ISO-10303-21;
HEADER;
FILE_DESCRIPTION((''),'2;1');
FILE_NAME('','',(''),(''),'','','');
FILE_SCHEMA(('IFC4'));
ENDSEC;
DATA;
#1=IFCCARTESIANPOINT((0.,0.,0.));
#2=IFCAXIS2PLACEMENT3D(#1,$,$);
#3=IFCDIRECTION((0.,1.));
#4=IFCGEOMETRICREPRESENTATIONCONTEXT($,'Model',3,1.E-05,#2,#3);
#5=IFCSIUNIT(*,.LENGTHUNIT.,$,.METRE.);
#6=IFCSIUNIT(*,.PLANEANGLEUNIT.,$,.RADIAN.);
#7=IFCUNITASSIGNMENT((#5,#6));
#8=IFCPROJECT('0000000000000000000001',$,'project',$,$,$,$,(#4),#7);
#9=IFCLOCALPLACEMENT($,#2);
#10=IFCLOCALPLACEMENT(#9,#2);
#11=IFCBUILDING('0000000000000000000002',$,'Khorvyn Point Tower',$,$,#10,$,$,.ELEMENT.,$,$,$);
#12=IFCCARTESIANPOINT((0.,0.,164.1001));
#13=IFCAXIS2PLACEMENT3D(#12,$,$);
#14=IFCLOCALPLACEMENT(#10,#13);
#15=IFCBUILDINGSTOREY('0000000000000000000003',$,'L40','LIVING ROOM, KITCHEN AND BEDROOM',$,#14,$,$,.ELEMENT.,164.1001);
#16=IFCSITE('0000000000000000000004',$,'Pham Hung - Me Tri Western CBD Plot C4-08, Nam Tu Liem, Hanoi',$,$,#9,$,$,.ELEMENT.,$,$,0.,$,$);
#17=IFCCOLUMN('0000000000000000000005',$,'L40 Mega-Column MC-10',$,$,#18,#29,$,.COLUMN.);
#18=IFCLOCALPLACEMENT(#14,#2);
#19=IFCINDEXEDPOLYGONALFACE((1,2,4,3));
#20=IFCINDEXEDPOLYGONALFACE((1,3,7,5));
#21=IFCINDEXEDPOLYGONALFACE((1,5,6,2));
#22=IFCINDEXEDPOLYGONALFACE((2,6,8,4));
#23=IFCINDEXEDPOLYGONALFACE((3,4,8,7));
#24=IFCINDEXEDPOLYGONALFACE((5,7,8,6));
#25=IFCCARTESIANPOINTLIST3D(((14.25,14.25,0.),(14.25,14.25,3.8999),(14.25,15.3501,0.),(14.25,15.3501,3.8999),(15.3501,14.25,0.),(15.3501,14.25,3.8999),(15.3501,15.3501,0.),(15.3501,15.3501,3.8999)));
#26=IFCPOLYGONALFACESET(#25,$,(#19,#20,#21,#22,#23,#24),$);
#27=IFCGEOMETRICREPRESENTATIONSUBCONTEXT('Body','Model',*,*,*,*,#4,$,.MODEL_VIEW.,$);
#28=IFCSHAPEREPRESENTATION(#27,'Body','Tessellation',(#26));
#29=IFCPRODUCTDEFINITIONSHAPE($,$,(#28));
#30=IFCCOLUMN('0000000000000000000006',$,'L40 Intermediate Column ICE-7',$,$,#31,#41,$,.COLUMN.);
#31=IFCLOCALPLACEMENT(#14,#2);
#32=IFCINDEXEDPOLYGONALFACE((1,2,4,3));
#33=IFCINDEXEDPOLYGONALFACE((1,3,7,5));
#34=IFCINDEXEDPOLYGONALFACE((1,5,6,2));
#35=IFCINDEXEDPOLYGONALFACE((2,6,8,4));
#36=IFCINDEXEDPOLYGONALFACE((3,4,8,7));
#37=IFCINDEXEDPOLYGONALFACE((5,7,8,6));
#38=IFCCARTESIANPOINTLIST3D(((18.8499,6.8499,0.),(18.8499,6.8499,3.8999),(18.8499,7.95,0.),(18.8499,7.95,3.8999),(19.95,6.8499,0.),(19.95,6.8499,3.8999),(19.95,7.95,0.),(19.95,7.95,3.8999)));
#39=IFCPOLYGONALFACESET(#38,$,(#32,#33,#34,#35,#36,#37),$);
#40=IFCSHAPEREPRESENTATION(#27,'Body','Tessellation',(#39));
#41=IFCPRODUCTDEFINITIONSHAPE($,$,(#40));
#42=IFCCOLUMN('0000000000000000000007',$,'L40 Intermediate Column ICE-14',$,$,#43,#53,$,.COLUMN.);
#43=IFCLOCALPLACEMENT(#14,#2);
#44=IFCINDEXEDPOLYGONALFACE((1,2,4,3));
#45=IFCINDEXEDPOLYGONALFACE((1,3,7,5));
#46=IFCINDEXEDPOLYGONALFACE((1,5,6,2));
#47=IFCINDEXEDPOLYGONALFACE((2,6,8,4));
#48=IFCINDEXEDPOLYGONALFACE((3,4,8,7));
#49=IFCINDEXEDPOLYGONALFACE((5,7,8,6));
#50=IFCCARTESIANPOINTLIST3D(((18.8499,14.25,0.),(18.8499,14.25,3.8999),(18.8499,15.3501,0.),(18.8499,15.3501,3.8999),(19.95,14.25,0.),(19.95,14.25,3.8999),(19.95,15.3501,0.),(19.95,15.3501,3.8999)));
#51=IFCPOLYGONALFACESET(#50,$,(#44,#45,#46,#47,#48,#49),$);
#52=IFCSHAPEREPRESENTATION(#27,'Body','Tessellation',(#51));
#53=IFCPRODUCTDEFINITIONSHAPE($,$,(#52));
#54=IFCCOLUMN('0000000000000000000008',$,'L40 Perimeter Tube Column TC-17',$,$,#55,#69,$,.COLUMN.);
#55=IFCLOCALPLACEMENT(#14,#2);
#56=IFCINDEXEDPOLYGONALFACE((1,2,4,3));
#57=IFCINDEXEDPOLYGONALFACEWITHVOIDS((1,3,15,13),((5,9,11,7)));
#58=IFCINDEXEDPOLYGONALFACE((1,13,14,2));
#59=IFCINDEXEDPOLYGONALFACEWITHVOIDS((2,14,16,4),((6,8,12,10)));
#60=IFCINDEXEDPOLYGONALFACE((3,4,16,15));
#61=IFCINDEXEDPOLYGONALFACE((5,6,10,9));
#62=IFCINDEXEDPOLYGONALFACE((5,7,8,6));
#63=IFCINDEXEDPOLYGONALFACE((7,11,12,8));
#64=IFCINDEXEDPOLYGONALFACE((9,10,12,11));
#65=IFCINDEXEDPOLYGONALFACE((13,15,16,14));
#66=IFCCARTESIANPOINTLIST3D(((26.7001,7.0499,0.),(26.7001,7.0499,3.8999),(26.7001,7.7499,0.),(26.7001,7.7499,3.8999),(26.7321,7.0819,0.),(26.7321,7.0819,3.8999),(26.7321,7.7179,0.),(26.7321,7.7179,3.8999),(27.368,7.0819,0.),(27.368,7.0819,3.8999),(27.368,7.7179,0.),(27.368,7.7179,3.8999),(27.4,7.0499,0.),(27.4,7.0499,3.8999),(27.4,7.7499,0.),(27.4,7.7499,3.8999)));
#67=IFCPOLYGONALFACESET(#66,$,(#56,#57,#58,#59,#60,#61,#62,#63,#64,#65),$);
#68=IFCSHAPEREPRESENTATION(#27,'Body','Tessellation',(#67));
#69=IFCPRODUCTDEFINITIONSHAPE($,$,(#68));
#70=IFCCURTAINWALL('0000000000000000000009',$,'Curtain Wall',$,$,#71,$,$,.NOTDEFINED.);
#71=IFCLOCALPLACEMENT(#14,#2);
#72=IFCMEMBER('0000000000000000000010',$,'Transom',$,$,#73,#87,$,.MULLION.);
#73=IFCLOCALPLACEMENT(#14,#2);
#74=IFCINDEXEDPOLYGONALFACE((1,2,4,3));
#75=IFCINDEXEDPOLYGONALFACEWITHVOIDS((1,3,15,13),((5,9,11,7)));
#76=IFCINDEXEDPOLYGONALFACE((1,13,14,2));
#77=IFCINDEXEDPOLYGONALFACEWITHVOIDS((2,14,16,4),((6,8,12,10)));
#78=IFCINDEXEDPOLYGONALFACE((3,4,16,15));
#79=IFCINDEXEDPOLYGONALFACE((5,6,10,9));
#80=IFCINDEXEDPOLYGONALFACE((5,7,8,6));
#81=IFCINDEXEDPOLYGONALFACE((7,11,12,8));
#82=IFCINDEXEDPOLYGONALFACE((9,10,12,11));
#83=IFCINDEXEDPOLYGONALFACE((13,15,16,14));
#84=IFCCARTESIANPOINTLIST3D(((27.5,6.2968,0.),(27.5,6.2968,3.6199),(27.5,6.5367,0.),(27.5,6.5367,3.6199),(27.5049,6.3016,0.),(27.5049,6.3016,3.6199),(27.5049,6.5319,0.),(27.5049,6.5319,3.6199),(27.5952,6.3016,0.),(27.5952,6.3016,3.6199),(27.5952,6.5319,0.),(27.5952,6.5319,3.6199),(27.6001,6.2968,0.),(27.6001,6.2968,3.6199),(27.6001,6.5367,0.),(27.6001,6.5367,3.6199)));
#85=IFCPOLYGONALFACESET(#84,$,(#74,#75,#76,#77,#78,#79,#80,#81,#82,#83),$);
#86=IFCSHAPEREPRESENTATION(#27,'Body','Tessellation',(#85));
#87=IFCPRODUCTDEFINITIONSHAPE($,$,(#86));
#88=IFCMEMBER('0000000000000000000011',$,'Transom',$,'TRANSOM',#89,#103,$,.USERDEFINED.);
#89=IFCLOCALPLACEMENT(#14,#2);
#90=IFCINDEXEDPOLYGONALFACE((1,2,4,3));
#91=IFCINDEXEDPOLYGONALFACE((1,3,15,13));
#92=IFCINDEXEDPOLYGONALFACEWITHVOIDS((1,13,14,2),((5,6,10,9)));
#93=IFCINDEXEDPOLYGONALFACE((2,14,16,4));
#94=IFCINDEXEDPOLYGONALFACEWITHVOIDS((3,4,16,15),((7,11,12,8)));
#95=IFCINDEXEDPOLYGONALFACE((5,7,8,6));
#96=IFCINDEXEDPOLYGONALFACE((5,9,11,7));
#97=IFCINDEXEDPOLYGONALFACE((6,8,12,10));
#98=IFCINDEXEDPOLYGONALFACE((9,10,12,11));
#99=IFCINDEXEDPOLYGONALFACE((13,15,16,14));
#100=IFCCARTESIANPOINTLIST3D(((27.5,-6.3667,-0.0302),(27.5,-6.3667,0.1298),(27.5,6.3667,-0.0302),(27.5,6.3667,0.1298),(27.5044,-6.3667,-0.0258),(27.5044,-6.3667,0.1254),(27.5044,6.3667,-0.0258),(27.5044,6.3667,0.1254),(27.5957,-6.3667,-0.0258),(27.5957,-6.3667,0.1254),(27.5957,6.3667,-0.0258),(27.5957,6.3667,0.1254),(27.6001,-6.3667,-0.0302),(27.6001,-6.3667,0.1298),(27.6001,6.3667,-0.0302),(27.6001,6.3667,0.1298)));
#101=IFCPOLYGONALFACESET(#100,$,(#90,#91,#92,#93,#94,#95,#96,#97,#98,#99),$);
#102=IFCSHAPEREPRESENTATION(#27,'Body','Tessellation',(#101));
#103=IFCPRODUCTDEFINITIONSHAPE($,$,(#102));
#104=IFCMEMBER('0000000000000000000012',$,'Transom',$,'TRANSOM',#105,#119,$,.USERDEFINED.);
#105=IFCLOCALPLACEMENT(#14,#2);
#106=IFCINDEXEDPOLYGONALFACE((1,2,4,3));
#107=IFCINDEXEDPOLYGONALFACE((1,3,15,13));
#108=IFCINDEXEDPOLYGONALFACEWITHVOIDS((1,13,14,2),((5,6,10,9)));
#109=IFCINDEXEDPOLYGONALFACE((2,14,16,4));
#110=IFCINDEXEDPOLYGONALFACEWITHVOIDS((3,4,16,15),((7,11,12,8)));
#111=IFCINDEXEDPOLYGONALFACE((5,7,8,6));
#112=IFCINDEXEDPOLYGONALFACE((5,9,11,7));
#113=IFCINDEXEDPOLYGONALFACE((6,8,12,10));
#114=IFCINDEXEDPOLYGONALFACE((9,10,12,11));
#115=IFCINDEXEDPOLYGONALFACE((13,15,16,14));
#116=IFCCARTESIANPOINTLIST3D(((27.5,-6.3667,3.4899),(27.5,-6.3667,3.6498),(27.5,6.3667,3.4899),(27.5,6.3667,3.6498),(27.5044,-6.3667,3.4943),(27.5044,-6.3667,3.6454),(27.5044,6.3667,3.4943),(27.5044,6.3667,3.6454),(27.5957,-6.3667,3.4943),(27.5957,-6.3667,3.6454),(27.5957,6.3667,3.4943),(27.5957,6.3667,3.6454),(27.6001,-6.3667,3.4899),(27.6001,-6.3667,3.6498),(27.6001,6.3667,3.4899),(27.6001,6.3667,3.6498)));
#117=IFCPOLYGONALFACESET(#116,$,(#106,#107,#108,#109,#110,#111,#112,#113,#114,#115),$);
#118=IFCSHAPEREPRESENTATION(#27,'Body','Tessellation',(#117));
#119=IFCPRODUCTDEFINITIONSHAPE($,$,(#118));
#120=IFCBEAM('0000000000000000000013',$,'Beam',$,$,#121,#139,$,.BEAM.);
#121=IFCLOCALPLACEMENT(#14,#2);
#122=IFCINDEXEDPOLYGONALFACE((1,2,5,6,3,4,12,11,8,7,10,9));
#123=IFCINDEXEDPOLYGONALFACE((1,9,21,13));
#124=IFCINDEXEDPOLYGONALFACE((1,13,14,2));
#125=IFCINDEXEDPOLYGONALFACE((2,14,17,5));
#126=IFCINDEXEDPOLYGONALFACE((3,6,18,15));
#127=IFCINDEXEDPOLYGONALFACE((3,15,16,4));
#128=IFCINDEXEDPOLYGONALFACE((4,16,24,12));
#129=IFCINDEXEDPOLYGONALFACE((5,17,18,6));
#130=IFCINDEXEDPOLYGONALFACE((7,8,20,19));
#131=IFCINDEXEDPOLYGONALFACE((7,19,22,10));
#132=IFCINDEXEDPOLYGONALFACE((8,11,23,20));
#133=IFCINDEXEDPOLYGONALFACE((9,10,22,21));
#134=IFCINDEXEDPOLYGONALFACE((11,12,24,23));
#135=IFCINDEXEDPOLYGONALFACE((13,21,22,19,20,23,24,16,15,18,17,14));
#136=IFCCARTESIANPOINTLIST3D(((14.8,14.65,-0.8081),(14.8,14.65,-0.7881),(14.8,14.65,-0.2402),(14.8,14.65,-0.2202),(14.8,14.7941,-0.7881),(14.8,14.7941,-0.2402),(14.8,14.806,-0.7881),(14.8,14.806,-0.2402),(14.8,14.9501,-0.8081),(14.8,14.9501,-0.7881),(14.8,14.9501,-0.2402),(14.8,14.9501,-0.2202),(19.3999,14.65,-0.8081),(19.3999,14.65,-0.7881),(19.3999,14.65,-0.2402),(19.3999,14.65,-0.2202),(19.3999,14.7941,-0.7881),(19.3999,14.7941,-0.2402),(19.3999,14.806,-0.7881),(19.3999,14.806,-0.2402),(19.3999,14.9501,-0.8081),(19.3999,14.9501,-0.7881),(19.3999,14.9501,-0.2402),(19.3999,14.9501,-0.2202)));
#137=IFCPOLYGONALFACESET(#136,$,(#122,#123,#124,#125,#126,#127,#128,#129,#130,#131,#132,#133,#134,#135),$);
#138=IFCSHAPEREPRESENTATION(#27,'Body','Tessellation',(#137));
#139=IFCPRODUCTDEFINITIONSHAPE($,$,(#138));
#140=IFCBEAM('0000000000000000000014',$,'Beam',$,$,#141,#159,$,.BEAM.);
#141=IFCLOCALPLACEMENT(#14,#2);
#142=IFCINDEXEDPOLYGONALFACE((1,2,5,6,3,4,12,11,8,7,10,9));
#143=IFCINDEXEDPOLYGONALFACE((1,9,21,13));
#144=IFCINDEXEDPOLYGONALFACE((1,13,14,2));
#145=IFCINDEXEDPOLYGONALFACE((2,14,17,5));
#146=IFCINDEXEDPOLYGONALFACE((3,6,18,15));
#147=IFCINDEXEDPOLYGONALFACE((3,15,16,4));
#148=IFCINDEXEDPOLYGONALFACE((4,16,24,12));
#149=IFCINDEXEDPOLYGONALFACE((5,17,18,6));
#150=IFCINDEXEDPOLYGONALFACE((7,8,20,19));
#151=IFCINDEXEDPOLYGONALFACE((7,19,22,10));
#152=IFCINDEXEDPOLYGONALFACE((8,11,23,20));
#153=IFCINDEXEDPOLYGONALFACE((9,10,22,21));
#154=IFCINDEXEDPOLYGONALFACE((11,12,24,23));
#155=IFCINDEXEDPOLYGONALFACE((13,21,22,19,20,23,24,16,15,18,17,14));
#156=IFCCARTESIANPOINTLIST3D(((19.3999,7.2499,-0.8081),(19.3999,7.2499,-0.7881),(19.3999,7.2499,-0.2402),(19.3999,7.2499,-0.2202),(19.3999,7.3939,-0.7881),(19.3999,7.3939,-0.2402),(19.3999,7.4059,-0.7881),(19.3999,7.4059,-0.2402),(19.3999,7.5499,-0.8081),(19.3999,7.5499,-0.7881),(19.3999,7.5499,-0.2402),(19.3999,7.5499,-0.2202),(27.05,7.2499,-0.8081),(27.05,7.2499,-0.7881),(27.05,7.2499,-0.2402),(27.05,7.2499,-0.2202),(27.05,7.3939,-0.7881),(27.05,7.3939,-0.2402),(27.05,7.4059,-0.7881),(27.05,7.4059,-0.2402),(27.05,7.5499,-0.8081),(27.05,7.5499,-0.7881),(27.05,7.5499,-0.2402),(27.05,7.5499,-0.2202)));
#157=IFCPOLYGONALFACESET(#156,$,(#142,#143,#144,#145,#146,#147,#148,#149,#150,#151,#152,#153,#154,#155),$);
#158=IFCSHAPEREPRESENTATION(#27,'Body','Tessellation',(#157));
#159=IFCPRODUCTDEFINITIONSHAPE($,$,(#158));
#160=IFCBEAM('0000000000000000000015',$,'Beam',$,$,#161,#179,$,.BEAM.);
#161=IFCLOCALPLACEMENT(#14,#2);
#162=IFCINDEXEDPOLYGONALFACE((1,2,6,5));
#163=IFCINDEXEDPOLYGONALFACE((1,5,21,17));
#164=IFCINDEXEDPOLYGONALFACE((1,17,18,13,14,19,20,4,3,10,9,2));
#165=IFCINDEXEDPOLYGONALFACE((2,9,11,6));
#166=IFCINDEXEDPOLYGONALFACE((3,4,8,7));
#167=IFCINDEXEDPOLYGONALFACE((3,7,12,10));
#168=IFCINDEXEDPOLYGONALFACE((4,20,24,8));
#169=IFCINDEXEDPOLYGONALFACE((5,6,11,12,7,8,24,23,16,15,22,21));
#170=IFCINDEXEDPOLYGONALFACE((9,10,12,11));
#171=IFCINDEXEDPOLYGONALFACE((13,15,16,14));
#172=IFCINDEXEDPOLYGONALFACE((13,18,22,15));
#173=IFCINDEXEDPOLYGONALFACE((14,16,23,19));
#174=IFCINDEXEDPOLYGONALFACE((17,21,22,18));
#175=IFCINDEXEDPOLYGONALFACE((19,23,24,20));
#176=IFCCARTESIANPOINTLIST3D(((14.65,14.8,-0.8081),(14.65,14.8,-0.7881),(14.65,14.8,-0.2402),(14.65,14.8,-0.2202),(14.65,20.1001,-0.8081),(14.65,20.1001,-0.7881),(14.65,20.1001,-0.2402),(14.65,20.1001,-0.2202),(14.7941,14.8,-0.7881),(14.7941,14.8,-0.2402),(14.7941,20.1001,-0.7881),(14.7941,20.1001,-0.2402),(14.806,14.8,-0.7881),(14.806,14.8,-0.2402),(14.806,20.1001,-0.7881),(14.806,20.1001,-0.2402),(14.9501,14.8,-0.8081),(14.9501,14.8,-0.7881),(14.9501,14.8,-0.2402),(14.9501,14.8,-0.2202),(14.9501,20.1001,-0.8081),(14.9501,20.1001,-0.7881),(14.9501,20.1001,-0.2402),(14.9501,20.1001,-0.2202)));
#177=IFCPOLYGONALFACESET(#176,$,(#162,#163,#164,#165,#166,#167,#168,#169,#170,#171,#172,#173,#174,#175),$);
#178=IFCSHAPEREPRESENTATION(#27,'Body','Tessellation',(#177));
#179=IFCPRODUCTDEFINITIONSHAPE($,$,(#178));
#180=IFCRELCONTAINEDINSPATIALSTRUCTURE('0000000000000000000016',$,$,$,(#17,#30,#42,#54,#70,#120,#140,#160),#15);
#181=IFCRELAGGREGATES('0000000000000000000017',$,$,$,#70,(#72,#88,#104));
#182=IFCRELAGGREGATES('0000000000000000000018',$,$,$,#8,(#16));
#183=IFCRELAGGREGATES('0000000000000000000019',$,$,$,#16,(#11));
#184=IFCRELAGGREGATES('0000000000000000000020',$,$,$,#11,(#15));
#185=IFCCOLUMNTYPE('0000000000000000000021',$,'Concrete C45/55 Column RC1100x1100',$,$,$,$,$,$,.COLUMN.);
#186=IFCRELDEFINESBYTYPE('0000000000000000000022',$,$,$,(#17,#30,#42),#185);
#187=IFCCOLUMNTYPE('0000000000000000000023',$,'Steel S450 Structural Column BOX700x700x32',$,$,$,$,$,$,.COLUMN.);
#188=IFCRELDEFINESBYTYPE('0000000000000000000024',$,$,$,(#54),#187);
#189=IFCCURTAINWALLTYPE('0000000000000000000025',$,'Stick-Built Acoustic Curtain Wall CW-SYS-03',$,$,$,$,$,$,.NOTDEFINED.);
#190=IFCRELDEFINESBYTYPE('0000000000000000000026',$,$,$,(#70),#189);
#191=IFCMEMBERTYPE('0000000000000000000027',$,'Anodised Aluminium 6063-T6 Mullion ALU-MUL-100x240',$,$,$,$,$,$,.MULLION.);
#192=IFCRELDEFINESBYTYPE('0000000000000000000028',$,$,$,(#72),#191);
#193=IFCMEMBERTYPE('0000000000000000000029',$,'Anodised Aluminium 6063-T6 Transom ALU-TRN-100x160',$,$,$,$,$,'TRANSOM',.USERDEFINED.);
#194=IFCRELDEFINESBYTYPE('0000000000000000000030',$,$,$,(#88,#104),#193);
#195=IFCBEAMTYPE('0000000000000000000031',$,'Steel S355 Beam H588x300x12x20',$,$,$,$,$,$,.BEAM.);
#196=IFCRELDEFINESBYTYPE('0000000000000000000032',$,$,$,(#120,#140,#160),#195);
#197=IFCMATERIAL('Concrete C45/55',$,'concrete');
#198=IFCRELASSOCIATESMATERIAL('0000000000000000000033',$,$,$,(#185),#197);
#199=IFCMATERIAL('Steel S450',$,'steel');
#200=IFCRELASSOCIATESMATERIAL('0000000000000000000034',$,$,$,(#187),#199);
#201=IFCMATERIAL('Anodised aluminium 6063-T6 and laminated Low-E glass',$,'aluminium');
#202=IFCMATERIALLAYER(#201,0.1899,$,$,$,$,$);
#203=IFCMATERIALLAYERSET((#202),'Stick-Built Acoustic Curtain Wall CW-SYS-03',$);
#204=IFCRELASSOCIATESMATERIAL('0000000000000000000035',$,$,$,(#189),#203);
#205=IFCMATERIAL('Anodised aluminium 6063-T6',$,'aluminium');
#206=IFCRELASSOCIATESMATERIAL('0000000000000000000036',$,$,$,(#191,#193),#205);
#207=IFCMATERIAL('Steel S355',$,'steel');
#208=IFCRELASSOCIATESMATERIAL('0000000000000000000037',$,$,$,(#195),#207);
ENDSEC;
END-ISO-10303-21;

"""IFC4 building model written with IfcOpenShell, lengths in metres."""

from ifc_helpers import new_model, si_unit, direction, frame, origin, origin_2d, place, context, subcontext, project, spatial, rectangle, hollow_rectangle, i_section, extrude, material, layer, layer_set, material_profile, profile_set, type_object, element, aggregate, save


model = new_model("IFC4")

# Units and contexts
model_context = context("Model", 3, precision=1e-05, world=origin(), true_north=direction((0.0, 1.0)))
body_context = subcontext(model_context, "Body", "Model", "MODEL_VIEW")
ifc_project = project(units=[si_unit("LENGTHUNIT", "METRE"), si_unit("PLANEANGLEUNIT", "RADIAN")], contexts=[model_context])

# Site, building, storey
site_placement = place(None, origin())
site = spatial("IfcSite", under=ifc_project, at=site_placement, Name="Pham Hung - Me Tri Western CBD Plot C4-08, Nam Tu Liem, Hanoi", CompositionType="ELEMENT", RefElevation=0.0)
building_placement = place(site_placement, origin())
building = spatial("IfcBuilding", under=site, at=building_placement, Name="Khorvyn Point Tower", CompositionType="ELEMENT")
storey_placement = place(building_placement, frame((0.0, 0.0, 164.1001)))
storey = spatial("IfcBuildingStorey", under=building, at=storey_placement, Name="L40", Description="LIVING ROOM, KITCHEN AND BEDROOM", CompositionType="ELEMENT", Elevation=164.1001)

# Columns
ifc_material_1 = material(Name="Concrete C45/55", Category="concrete")
ifc_material_profile_1 = material_profile(ifc_material_1, rectangle(XDim=1.1001, YDim=1.1001, at=origin_2d()))
ifc_profile_set_1 = profile_set([ifc_material_profile_1], Name="Concrete C45/55 RC1100x1100")
column_type_1 = type_object("IfcColumnType", Name="Concrete C45/55 Column RC1100x1100", PredefinedType="COLUMN", material=ifc_profile_set_1)
for number, where, z_axis, x_axis, name in (
    (1, (14.8, 14.8, 0.0), (0.0, 0.0, 1.0), (1.0, 0.0, 0.0), "L40 Mega-Column MC-10"),
    (2, (19.3999, 7.3999, 0.0), (0.0, 0.0, 1.0), (1.0, 0.0, 0.0), "L40 Intermediate Column ICE-7"),
    (3, (19.3999, 14.8, 0.0), (0.0, 0.0, 1.0), (1.0, 0.0, 0.0), "L40 Intermediate Column ICE-14"),
):
    element("IfcColumn", number, at=place(storey_placement, frame(where, z_axis=z_axis, x_axis=x_axis)), inside=storey, type_object=column_type_1, Name=name, PredefinedType="COLUMN", context=body_context, shape_type="SweptSolid", body=[
        extrude(rectangle(XDim=1.1001, YDim=1.1001, at=origin_2d()), origin(), (0.0, 0.0, 1.0), 3.8999),
    ])
ifc_material_2 = material(Name="Steel S450", Category="steel")
ifc_material_profile_2 = material_profile(ifc_material_2, hollow_rectangle(XDim=0.7, YDim=0.7, WallThickness=0.032, at=origin_2d()))
ifc_profile_set_2 = profile_set([ifc_material_profile_2], Name="Steel S450 BOX700x700x32")
column_type_2 = type_object("IfcColumnType", Name="Steel S450 Structural Column BOX700x700x32", PredefinedType="COLUMN", material=ifc_profile_set_2)
column_placement = place(storey_placement, frame((27.05, 7.3999, 0.0), z_axis=(0.0, 0.0, 1.0), x_axis=(1.0, 0.0, 0.0)))
element("IfcColumn", 4, at=column_placement, inside=storey, type_object=column_type_2, Name="L40 Perimeter Tube Column TC-17", PredefinedType="COLUMN", context=body_context, shape_type="SweptSolid", body=[
    extrude(hollow_rectangle(XDim=0.7, YDim=0.7, WallThickness=0.032, at=origin_2d()), origin(), (0.0, 0.0, 1.0), 3.8999),
])

# Curtain wall, members
ifc_material_3 = material(Name="Anodised aluminium 6063-T6 and laminated Low-E glass", Category="aluminium")
ifc_layer_1 = layer(ifc_material_3, 0.1899)
ifc_layer_set_1 = layer_set([ifc_layer_1], Name="Stick-Built Acoustic Curtain Wall CW-SYS-03")
curtain_wall_type = type_object("IfcCurtainWallType", Name="Stick-Built Acoustic Curtain Wall CW-SYS-03", PredefinedType="NOTDEFINED", material=ifc_layer_set_1)
curtain_wall_placement = place(storey_placement, origin())
curtain_wall = element("IfcCurtainWall", 5, at=curtain_wall_placement, inside=storey, type_object=curtain_wall_type, Name="Curtain Wall", PredefinedType="NOTDEFINED")
ifc_material_4 = material(Name="Anodised aluminium 6063-T6", Category="aluminium")
ifc_material_profile_3 = material_profile(ifc_material_4, hollow_rectangle(XDim=0.1001, YDim=0.24, WallThickness=0.0049, at=origin_2d()))
ifc_profile_set_3 = profile_set([ifc_material_profile_3], Name="Anodised aluminium 6063-T6 ALU-MUL-100x240")
member_type_1 = type_object("IfcMemberType", Name="Anodised Aluminium 6063-T6 Mullion ALU-MUL-100x240", PredefinedType="MULLION", material=ifc_profile_set_3)
member_1_placement = place(storey_placement, frame((27.55, 6.4167, 0.0), z_axis=(0.0, 0.0, 1.0), x_axis=(1.0, 0.0, 0.0)))
member_1 = element("IfcMember", 6, at=member_1_placement, type_object=member_type_1, Name="Transom", PredefinedType="MULLION", context=body_context, shape_type="SweptSolid", body=[
    extrude(hollow_rectangle(XDim=0.1001, YDim=0.24, WallThickness=0.0049, at=origin_2d()), origin(), (0.0, 0.0, 1.0), 3.6199),
])
ifc_material_profile_4 = material_profile(ifc_material_4, hollow_rectangle(XDim=0.1001, YDim=0.1599, WallThickness=0.0044, at=origin_2d()))
ifc_profile_set_4 = profile_set([ifc_material_profile_4], Name="Anodised aluminium 6063-T6 ALU-TRN-100x160")
member_type_2 = type_object("IfcMemberType", Name="Anodised Aluminium 6063-T6 Transom ALU-TRN-100x160", ElementType="TRANSOM", PredefinedType="USERDEFINED", material=ifc_profile_set_4)
member_2_placement = place(storey_placement, frame((27.55, 6.3667, 0.0498), z_axis=(0.0, -1.0, 0.0), x_axis=(1.0, 0.0, 0.0)))
member_2 = element("IfcMember", 7, at=member_2_placement, type_object=member_type_2, Name="Transom", ObjectType="TRANSOM", PredefinedType="USERDEFINED", context=body_context, shape_type="SweptSolid", body=[
    extrude(hollow_rectangle(XDim=0.1001, YDim=0.1599, WallThickness=0.0044, at=origin_2d()), origin(), (0.0, 0.0, 1.0), 12.7334),
])
member_3_placement = place(storey_placement, frame((27.55, 6.3667, 3.5698), z_axis=(0.0, -1.0, 0.0), x_axis=(1.0, 0.0, 0.0)))
member_3 = element("IfcMember", 8, at=member_3_placement, type_object=member_type_2, Name="Transom", ObjectType="TRANSOM", PredefinedType="USERDEFINED", context=body_context, shape_type="SweptSolid", body=[
    extrude(hollow_rectangle(XDim=0.1001, YDim=0.1599, WallThickness=0.0044, at=origin_2d()), origin(), (0.0, 0.0, 1.0), 12.7334),
])

# Beams
ifc_material_5 = material(Name="Steel S355", Category="steel")
ifc_material_profile_5 = material_profile(ifc_material_5, i_section(OverallWidth=0.3, OverallDepth=0.5879, WebThickness=0.012, FlangeThickness=0.02, at=origin_2d()))
ifc_profile_set_5 = profile_set([ifc_material_profile_5], Name="Steel S355 H588x300x12x20")
beam_type_1 = type_object("IfcBeamType", Name="Steel S355 Beam H588x300x12x20", PredefinedType="BEAM", material=ifc_profile_set_5)
beam_1_placement = place(storey_placement, frame((14.8, 14.8, -0.5142), z_axis=(1.0, 0.0, 0.0), x_axis=(0.0, 1.0, 0.0)))
element("IfcBeam", 9, at=beam_1_placement, inside=storey, type_object=beam_type_1, Name="Beam", PredefinedType="BEAM", context=body_context, shape_type="SweptSolid", body=[
    extrude(i_section(OverallWidth=0.3, OverallDepth=0.5879, WebThickness=0.012, FlangeThickness=0.02, at=origin_2d()), origin(), (0.0, 0.0, 1.0), 4.5999),
])
beam_2_placement = place(storey_placement, frame((19.3999, 7.3999, -0.5142), z_axis=(1.0, 0.0, 0.0), x_axis=(0.0, 1.0, 0.0)))
element("IfcBeam", 10, at=beam_2_placement, inside=storey, type_object=beam_type_1, Name="Beam", PredefinedType="BEAM", context=body_context, shape_type="SweptSolid", body=[
    extrude(i_section(OverallWidth=0.3, OverallDepth=0.5879, WebThickness=0.012, FlangeThickness=0.02, at=origin_2d()), origin(), (0.0, 0.0, 1.0), 7.6501),
])
beam_3_placement = place(storey_placement, frame((14.8, 14.8, -0.5142), z_axis=(0.0, 1.0, 0.0), x_axis=(-1.0, 0.0, 0.0)))
element("IfcBeam", 11, at=beam_3_placement, inside=storey, type_object=beam_type_1, Name="Beam", PredefinedType="BEAM", context=body_context, shape_type="SweptSolid", body=[
    extrude(i_section(OverallWidth=0.3, OverallDepth=0.5879, WebThickness=0.012, FlangeThickness=0.02, at=origin_2d()), origin(), (0.0, 0.0, 1.0), 5.3),
])

aggregate(curtain_wall, [member_1, member_2, member_3])

save(model, "model.ifc")
